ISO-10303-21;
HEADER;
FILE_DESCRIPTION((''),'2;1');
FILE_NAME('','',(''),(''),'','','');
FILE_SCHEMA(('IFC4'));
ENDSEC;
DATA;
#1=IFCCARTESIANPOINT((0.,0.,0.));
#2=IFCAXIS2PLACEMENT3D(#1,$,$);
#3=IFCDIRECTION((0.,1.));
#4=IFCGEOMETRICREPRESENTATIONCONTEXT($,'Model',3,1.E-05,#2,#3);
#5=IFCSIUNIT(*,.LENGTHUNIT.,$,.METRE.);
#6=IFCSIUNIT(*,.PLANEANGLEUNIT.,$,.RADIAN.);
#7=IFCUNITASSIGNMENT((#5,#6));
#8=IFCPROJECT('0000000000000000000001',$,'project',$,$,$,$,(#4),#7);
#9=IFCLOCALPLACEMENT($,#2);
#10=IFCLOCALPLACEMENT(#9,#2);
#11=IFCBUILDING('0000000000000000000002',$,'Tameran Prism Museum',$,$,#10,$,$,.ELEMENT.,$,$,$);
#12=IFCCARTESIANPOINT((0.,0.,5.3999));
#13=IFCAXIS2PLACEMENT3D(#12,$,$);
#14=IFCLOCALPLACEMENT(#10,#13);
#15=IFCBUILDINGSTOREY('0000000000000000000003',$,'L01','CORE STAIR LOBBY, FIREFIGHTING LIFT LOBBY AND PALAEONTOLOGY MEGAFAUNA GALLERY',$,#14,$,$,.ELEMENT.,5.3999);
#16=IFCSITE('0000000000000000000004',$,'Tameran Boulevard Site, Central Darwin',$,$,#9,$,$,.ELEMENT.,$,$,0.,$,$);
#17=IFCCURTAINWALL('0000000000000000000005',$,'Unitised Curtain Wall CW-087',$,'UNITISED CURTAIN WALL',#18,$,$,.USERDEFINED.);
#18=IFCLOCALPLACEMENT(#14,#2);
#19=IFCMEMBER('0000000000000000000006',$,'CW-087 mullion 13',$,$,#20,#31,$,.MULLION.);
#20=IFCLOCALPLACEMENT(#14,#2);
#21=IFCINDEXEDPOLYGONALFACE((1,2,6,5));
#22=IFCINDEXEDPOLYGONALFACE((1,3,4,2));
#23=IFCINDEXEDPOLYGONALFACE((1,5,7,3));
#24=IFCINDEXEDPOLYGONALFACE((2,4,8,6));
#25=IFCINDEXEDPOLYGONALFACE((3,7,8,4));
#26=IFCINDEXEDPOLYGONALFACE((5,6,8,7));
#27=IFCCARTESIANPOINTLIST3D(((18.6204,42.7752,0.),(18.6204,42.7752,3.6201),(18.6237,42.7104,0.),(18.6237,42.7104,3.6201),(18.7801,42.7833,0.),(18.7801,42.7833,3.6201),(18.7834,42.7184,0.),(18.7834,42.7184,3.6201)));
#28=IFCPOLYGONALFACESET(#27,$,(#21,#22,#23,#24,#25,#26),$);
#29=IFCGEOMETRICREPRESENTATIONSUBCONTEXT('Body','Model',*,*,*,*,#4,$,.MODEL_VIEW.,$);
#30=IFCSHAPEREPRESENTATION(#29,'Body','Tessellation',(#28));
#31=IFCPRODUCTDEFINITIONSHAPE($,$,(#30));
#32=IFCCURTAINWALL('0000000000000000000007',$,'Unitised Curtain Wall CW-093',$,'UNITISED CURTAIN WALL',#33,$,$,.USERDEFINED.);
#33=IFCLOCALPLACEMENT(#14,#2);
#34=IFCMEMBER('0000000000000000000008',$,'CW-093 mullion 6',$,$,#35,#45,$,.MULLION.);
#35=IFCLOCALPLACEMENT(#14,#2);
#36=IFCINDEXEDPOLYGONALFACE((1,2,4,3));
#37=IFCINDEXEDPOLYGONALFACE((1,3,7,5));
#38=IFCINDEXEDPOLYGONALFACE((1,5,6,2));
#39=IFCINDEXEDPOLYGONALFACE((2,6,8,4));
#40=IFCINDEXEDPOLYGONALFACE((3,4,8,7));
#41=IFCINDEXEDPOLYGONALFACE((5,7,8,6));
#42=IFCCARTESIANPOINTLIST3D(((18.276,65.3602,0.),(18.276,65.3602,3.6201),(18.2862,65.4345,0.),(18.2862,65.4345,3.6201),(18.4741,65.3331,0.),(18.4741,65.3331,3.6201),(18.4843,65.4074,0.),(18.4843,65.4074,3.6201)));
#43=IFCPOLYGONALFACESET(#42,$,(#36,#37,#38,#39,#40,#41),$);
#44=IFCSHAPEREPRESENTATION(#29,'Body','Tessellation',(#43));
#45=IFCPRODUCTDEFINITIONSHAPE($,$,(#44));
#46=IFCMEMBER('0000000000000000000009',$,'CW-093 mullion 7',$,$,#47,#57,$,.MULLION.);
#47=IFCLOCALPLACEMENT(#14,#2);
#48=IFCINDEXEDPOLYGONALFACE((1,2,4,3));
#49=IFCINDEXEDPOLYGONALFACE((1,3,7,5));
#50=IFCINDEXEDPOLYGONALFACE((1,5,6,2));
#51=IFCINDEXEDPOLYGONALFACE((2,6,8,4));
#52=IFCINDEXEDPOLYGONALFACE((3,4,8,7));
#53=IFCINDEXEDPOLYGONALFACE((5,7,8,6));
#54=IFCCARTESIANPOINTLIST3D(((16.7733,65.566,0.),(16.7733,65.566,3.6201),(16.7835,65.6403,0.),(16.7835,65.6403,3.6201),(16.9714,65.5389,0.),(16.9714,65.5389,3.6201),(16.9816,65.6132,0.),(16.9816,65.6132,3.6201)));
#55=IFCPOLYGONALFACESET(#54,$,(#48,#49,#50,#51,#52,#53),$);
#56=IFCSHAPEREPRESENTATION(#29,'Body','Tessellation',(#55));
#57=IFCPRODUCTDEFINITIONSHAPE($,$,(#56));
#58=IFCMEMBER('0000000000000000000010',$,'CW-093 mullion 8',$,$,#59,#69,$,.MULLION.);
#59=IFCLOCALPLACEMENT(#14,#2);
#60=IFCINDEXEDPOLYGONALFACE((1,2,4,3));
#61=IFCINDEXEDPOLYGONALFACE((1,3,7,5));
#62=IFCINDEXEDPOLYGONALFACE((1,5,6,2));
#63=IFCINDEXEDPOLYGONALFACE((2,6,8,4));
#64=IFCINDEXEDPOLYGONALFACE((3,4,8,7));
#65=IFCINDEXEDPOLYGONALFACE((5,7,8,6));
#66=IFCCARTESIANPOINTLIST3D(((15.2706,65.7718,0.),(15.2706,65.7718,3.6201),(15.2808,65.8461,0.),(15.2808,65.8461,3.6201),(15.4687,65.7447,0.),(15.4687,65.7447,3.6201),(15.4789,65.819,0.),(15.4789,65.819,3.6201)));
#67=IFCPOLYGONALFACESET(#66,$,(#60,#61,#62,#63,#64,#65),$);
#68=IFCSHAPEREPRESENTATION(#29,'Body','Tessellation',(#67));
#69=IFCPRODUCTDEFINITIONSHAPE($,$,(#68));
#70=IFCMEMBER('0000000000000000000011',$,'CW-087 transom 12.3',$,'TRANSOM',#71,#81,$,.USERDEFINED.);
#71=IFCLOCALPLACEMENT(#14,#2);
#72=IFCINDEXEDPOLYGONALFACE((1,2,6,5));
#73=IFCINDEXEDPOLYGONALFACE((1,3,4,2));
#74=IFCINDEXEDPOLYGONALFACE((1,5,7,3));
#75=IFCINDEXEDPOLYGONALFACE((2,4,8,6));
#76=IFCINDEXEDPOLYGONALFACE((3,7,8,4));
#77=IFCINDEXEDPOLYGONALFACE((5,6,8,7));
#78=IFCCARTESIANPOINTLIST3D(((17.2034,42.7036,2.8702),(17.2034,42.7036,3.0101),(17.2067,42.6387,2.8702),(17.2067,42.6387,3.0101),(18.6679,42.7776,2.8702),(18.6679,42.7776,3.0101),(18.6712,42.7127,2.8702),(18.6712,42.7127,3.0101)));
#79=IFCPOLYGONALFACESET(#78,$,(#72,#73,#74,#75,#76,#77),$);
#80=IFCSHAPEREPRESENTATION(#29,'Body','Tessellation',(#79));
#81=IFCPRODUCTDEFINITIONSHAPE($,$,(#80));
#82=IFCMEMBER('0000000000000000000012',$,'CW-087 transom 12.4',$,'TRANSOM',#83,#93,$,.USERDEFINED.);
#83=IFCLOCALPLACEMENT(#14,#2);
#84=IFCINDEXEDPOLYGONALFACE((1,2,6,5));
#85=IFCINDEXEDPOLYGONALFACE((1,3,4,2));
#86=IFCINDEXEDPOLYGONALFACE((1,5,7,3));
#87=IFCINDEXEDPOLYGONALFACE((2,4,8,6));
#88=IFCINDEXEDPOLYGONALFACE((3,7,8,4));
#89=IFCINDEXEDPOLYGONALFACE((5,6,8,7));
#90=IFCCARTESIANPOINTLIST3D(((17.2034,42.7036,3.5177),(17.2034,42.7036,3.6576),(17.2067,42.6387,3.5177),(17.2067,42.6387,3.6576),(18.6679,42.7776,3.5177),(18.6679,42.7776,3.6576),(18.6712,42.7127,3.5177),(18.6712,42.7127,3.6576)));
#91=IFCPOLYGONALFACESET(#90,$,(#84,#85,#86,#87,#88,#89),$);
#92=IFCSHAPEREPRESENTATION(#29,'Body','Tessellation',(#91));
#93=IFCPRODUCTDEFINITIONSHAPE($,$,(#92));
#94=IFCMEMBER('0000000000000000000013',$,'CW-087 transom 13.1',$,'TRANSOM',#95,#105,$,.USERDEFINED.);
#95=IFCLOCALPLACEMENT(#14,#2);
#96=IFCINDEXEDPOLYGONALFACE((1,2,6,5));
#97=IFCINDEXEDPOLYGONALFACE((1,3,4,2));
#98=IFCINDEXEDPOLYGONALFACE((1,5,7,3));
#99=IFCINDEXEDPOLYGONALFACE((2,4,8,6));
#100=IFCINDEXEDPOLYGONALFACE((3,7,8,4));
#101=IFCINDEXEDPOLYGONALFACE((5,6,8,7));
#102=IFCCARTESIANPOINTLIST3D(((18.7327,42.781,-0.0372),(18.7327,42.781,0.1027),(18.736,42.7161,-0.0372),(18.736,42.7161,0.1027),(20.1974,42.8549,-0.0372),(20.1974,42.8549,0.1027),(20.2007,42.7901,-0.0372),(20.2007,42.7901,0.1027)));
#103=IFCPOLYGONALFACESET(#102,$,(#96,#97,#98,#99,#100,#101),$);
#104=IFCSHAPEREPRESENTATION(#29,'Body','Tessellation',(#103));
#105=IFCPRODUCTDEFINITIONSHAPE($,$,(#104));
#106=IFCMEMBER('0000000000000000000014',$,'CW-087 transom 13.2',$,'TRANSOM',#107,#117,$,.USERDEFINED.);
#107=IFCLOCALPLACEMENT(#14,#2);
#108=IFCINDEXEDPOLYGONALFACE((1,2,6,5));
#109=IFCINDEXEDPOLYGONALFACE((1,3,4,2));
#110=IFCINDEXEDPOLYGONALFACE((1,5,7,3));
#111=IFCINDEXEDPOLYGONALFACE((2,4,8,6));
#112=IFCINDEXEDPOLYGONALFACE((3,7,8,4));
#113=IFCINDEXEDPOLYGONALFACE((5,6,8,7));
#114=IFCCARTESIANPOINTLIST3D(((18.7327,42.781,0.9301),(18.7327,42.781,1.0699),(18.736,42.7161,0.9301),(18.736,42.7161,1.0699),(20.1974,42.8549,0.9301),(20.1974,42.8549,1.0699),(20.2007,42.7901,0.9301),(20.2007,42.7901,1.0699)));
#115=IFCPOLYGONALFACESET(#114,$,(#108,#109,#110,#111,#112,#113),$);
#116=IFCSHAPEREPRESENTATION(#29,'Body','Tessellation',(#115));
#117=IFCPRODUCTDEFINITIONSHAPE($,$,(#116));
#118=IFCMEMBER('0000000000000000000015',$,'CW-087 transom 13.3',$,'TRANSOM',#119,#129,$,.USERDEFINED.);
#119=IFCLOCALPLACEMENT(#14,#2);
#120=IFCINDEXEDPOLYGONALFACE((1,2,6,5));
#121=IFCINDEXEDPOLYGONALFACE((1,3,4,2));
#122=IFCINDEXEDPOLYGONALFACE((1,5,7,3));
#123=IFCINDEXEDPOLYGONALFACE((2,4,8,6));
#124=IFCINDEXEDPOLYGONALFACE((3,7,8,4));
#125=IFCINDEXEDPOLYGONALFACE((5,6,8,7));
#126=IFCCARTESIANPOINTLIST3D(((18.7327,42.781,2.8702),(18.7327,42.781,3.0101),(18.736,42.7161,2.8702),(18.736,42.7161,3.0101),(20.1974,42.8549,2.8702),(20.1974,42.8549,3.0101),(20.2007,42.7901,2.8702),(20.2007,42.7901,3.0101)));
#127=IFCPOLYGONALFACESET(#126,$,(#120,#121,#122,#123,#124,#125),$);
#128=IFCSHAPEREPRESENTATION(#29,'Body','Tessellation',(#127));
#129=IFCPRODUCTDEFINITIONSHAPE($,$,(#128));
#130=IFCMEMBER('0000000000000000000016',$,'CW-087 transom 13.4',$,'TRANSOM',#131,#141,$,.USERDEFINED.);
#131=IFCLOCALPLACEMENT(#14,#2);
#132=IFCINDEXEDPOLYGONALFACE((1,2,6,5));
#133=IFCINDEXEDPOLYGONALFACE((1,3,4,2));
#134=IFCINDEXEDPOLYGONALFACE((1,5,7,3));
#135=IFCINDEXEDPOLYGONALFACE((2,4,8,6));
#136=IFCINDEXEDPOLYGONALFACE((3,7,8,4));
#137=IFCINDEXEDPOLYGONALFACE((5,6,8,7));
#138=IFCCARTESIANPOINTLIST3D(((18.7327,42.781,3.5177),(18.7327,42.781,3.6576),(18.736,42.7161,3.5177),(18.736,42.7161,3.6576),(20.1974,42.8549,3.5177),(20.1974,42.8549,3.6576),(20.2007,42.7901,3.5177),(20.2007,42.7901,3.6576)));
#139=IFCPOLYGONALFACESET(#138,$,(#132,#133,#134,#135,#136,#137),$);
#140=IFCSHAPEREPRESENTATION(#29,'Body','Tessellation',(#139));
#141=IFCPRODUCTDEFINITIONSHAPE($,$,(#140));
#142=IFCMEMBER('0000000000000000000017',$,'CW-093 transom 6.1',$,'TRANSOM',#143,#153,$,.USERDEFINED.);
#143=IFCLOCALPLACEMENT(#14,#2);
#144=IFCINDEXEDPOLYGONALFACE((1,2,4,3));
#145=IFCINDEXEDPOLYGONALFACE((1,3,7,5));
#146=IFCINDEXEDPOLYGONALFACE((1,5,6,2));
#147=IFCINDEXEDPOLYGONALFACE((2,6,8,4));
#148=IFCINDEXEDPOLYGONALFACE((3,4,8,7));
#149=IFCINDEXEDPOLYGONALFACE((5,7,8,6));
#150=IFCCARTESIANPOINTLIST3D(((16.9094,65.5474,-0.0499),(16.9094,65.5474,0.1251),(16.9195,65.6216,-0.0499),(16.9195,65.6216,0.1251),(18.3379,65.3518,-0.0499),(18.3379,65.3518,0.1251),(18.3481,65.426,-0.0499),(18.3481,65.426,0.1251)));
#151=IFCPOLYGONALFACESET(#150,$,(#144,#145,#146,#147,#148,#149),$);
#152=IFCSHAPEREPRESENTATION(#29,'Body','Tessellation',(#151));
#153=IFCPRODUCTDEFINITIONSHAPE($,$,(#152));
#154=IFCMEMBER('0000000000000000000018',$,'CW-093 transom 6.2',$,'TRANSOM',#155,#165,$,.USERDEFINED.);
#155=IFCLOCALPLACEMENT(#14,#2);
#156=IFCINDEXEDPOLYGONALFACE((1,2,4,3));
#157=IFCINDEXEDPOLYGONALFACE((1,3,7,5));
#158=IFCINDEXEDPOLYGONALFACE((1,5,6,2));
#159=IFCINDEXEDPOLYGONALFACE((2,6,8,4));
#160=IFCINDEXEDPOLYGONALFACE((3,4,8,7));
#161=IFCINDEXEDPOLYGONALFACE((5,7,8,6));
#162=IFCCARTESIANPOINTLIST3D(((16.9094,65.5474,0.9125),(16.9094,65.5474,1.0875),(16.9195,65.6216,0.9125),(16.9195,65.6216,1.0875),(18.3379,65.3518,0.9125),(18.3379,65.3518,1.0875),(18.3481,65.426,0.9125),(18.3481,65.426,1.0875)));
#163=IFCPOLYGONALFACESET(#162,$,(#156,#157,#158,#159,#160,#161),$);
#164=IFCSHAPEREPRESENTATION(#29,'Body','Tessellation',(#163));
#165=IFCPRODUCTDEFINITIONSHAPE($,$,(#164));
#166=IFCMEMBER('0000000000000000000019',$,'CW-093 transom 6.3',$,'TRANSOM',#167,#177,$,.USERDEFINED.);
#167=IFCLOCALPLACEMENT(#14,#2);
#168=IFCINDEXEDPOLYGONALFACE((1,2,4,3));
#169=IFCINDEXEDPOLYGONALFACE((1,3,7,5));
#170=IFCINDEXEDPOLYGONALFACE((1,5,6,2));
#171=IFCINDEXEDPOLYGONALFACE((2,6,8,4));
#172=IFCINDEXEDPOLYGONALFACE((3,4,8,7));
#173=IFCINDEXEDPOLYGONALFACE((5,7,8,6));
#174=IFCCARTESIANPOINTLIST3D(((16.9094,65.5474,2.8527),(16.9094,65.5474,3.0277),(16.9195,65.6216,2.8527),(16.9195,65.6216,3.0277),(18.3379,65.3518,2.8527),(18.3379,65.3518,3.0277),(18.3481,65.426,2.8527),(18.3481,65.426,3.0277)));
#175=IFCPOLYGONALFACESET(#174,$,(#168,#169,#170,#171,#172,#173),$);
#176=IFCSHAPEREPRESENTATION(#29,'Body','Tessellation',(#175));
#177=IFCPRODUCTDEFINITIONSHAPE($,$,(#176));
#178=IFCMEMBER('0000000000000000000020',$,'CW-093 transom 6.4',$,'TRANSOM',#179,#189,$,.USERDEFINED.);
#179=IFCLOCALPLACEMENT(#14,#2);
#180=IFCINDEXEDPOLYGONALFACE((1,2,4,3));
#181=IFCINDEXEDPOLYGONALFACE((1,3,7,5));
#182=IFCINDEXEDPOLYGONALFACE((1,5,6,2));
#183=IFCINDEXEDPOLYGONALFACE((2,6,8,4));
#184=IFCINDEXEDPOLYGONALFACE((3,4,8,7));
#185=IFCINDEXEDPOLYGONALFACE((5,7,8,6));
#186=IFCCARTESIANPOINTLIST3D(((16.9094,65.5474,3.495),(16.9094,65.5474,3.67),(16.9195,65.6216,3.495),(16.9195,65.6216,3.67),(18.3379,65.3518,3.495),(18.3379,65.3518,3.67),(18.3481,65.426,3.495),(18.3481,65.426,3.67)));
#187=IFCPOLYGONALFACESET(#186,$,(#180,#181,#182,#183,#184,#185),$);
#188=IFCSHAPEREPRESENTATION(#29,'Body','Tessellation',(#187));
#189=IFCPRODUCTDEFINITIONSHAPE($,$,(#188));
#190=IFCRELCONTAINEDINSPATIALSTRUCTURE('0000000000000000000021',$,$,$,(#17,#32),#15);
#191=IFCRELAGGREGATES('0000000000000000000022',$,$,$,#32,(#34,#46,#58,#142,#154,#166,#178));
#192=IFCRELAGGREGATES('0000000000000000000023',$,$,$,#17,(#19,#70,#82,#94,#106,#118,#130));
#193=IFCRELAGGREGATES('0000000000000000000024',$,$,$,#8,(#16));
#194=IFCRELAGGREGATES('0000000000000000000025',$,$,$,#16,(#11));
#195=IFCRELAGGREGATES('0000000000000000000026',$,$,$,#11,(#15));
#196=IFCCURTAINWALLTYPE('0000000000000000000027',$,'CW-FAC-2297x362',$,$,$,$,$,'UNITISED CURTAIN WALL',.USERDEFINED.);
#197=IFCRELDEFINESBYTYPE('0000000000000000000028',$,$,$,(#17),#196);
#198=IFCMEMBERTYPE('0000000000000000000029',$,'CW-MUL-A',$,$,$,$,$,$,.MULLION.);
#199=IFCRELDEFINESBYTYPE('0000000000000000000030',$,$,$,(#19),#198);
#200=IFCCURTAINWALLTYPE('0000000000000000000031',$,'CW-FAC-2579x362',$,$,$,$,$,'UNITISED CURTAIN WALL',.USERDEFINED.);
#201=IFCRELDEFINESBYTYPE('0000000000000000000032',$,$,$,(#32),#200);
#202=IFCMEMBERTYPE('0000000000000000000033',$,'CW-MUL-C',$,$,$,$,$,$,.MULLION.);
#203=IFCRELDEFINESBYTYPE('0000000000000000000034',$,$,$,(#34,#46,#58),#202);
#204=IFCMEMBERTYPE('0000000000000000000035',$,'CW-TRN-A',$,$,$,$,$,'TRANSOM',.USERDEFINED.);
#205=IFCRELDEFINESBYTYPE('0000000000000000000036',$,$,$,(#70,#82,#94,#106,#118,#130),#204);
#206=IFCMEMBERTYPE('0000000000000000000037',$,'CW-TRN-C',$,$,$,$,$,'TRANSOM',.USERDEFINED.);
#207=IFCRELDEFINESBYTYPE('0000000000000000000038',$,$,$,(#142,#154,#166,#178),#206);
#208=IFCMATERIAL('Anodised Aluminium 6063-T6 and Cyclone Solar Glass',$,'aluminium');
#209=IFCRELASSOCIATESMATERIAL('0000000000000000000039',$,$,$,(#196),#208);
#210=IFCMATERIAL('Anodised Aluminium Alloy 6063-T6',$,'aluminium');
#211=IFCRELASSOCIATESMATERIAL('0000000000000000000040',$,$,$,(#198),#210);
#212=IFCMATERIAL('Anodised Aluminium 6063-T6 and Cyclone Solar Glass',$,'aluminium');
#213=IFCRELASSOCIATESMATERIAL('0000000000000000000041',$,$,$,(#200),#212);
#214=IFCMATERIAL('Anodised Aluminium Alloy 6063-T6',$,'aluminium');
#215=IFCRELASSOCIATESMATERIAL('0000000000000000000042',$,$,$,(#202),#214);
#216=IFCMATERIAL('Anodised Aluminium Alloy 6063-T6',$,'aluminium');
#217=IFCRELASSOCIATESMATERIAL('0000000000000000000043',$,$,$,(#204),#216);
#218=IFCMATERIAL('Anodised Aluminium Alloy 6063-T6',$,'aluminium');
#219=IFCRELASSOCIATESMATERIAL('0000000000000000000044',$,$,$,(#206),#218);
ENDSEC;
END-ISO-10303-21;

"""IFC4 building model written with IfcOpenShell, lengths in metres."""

from ifc_helpers import new_model, si_unit, direction, frame, origin, origin_2d, place, context, subcontext, project, spatial, rectangle, extrude, material, material_profile, profile_set, type_object, element, aggregate, save


model = new_model("IFC4")

# Units and contexts
model_context = context("Model", 3, precision=1e-05, world=origin(), true_north=direction((0.0, 1.0)))
body_context = subcontext(model_context, "Body", "Model", "MODEL_VIEW")
ifc_project = project(units=[si_unit("LENGTHUNIT", "METRE"), si_unit("PLANEANGLEUNIT", "RADIAN")], contexts=[model_context])

# Site, building, storey
site_placement = place(None, origin())
site = spatial("IfcSite", under=ifc_project, at=site_placement, Name="Tameran Boulevard Site, Central Darwin", CompositionType="ELEMENT", RefElevation=0.0)
building_placement = place(site_placement, origin())
building = spatial("IfcBuilding", under=site, at=building_placement, Name="Tameran Prism Museum", CompositionType="ELEMENT")
storey_placement = place(building_placement, frame((0.0, 0.0, 5.3999)))
storey = spatial("IfcBuildingStorey", under=building, at=storey_placement, Name="L01", Description="CORE STAIR LOBBY, FIREFIGHTING LIFT LOBBY AND PALAEONTOLOGY MEGAFAUNA GALLERY", CompositionType="ELEMENT", Elevation=5.3999)

# Curtain wall, member
ifc_material_1 = material(Name="Anodised Aluminium 6063-T6 and Cyclone Solar Glass", Category="aluminium")
curtain_wall_type_1 = type_object("IfcCurtainWallType", Name="CW-FAC-2297x362", ElementType="UNITISED CURTAIN WALL", PredefinedType="USERDEFINED", material=ifc_material_1)
curtain_wall_1_placement = place(storey_placement, origin())
curtain_wall_1 = element("IfcCurtainWall", 1, at=curtain_wall_1_placement, inside=storey, type_object=curtain_wall_type_1, Name="Unitised Curtain Wall CW-087", ObjectType="UNITISED CURTAIN WALL", PredefinedType="USERDEFINED")
ifc_material_2 = material(Name="Anodised Aluminium Alloy 6063-T6", Category="aluminium")
ifc_material_profile_1 = material_profile(ifc_material_2, rectangle(XDim=0.0649, YDim=0.1599, at=origin_2d()))
ifc_profile_set_1 = profile_set([ifc_material_profile_1])
member_type_1 = type_object("IfcMemberType", Name="CW-MUL-A", PredefinedType="MULLION", material=ifc_profile_set_1)
member_1_placement = place(storey_placement, frame((18.7019, 42.7468, 0.0), z_axis=(0.0, 0.0, 1.0), x_axis=(-0.050546, 0.998722, 0.0)))
member_1 = element("IfcMember", 2, at=member_1_placement, type_object=member_type_1, Name="CW-087 mullion 13", PredefinedType="MULLION", context=body_context, shape_type="SweptSolid", body=[
    extrude(rectangle(XDim=0.0649, YDim=0.1599, at=origin_2d()), origin(), (0.0, 0.0, 1.0), 3.6201),
])

# Curtain wall, members
ifc_material_3 = material(Name="Anodised Aluminium 6063-T6 and Cyclone Solar Glass", Category="aluminium")
curtain_wall_type_2 = type_object("IfcCurtainWallType", Name="CW-FAC-2579x362", ElementType="UNITISED CURTAIN WALL", PredefinedType="USERDEFINED", material=ifc_material_3)
curtain_wall_2_placement = place(storey_placement, origin())
curtain_wall_2 = element("IfcCurtainWall", 3, at=curtain_wall_2_placement, inside=storey, type_object=curtain_wall_type_2, Name="Unitised Curtain Wall CW-093", ObjectType="UNITISED CURTAIN WALL", PredefinedType="USERDEFINED")
ifc_material_4 = material(Name="Anodised Aluminium Alloy 6063-T6", Category="aluminium")
ifc_material_profile_2 = material_profile(ifc_material_4, rectangle(XDim=0.075, YDim=0.2, at=origin_2d()))
ifc_profile_set_2 = profile_set([ifc_material_profile_2])
member_type_2 = type_object("IfcMemberType", Name="CW-MUL-C", PredefinedType="MULLION", material=ifc_profile_set_2)
member_2_placement = place(storey_placement, frame((18.3801, 65.3838, 0.0), z_axis=(0.0, 0.0, 1.0), x_axis=(-0.135658, -0.990756, 0.0)))
member_2 = element("IfcMember", 4, at=member_2_placement, type_object=member_type_2, Name="CW-093 mullion 6", PredefinedType="MULLION", context=body_context, shape_type="SweptSolid", body=[
    extrude(rectangle(XDim=0.075, YDim=0.2, at=origin_2d()), origin(), (0.0, 0.0, 1.0), 3.6201),
])
member_3_placement = place(storey_placement, frame((16.8774, 65.5896, 0.0), z_axis=(0.0, 0.0, 1.0), x_axis=(-0.135658, -0.990756, 0.0)))
member_3 = element("IfcMember", 5, at=member_3_placement, type_object=member_type_2, Name="CW-093 mullion 7", PredefinedType="MULLION", context=body_context, shape_type="SweptSolid", body=[
    extrude(rectangle(XDim=0.075, YDim=0.2, at=origin_2d()), origin(), (0.0, 0.0, 1.0), 3.6201),
])
member_4_placement = place(storey_placement, frame((15.3748, 65.7954, 0.0), z_axis=(0.0, 0.0, 1.0), x_axis=(-0.135658, -0.990756, 0.0)))
member_4 = element("IfcMember", 6, at=member_4_placement, type_object=member_type_2, Name="CW-093 mullion 8", PredefinedType="MULLION", context=body_context, shape_type="SweptSolid", body=[
    extrude(rectangle(XDim=0.075, YDim=0.2, at=origin_2d()), origin(), (0.0, 0.0, 1.0), 3.6201),
])

# Members
ifc_material_5 = material(Name="Anodised Aluminium Alloy 6063-T6", Category="aluminium")
ifc_material_profile_3 = material_profile(ifc_material_5, rectangle(XDim=0.0649, YDim=0.1399, at=origin_2d()))
ifc_profile_set_3 = profile_set([ifc_material_profile_3])
member_type_3 = type_object("IfcMemberType", Name="CW-TRN-A", ElementType="TRANSOM", PredefinedType="USERDEFINED", material=ifc_profile_set_3)
member_5_placement = place(storey_placement, frame((17.2051, 42.6711, 2.9402), z_axis=(0.998726, 0.050453, 0.0), x_axis=(-0.050453, 0.998726, 0.0)))
member_5 = element("IfcMember", 7, at=member_5_placement, type_object=member_type_3, Name="CW-087 transom 12.3", ObjectType="TRANSOM", PredefinedType="USERDEFINED", context=body_context, shape_type="SweptSolid", body=[
    extrude(rectangle(XDim=0.0649, YDim=0.1399, at=origin_2d()), origin(), (0.0, 0.0, 1.0), 1.4663),
])
member_6_placement = place(storey_placement, frame((17.2051, 42.6711, 3.5876), z_axis=(0.998726, 0.050453, 0.0), x_axis=(-0.050453, 0.998726, 0.0)))
member_6 = element("IfcMember", 8, at=member_6_placement, type_object=member_type_3, Name="CW-087 transom 12.4", ObjectType="TRANSOM", PredefinedType="USERDEFINED", context=body_context, shape_type="SweptSolid", body=[
    extrude(rectangle(XDim=0.0649, YDim=0.1399, at=origin_2d()), origin(), (0.0, 0.0, 1.0), 1.4663),
])
member_7_placement = place(storey_placement, frame((18.7344, 42.7485, 0.0327), z_axis=(0.998727, 0.050444, 0.0), x_axis=(-0.050444, 0.998727, 0.0)))
member_7 = element("IfcMember", 9, at=member_7_placement, type_object=member_type_3, Name="CW-087 transom 13.1", ObjectType="TRANSOM", PredefinedType="USERDEFINED", context=body_context, shape_type="SweptSolid", body=[
    extrude(rectangle(XDim=0.0649, YDim=0.1399, at=origin_2d()), origin(), (0.0, 0.0, 1.0), 1.4666),
])
member_8_placement = place(storey_placement, frame((18.7344, 42.7485, 1.0), z_axis=(0.998727, 0.050444, 0.0), x_axis=(-0.050444, 0.998727, 0.0)))
member_8 = element("IfcMember", 10, at=member_8_placement, type_object=member_type_3, Name="CW-087 transom 13.2", ObjectType="TRANSOM", PredefinedType="USERDEFINED", context=body_context, shape_type="SweptSolid", body=[
    extrude(rectangle(XDim=0.0649, YDim=0.1399, at=origin_2d()), origin(), (0.0, 0.0, 1.0), 1.4666),
])
member_9_placement = place(storey_placement, frame((18.7344, 42.7485, 2.9402), z_axis=(0.998727, 0.050444, 0.0), x_axis=(-0.050444, 0.998727, 0.0)))
member_9 = element("IfcMember", 11, at=member_9_placement, type_object=member_type_3, Name="CW-087 transom 13.3", ObjectType="TRANSOM", PredefinedType="USERDEFINED", context=body_context, shape_type="SweptSolid", body=[
    extrude(rectangle(XDim=0.0649, YDim=0.1399, at=origin_2d()), origin(), (0.0, 0.0, 1.0), 1.4666),
])
member_10_placement = place(storey_placement, frame((18.7344, 42.7485, 3.5876), z_axis=(0.998727, 0.050444, 0.0), x_axis=(-0.050444, 0.998727, 0.0)))
member_10 = element("IfcMember", 12, at=member_10_placement, type_object=member_type_3, Name="CW-087 transom 13.4", ObjectType="TRANSOM", PredefinedType="USERDEFINED", context=body_context, shape_type="SweptSolid", body=[
    extrude(rectangle(XDim=0.0649, YDim=0.1399, at=origin_2d()), origin(), (0.0, 0.0, 1.0), 1.4666),
])
ifc_material_6 = material(Name="Anodised Aluminium Alloy 6063-T6", Category="aluminium")
ifc_material_profile_4 = material_profile(ifc_material_6, rectangle(XDim=0.075, YDim=0.175, at=origin_2d()))
ifc_profile_set_4 = profile_set([ifc_material_profile_4])
member_type_4 = type_object("IfcMemberType", Name="CW-TRN-C", ElementType="TRANSOM", PredefinedType="USERDEFINED", material=ifc_profile_set_4)
member_11_placement = place(storey_placement, frame((18.343, 65.3889, 0.0376), z_axis=(-0.990759, 0.135635, 0.0), x_axis=(-0.135635, -0.990759, 0.0)))
member_11 = element("IfcMember", 13, at=member_11_placement, type_object=member_type_4, Name="CW-093 transom 6.1", ObjectType="TRANSOM", PredefinedType="USERDEFINED", context=body_context, shape_type="SweptSolid", body=[
    extrude(rectangle(XDim=0.075, YDim=0.175, at=origin_2d()), origin(), (0.0, 0.0, 1.0), 1.4419),
])
member_12_placement = place(storey_placement, frame((18.343, 65.3889, 1.0), z_axis=(-0.990759, 0.135635, 0.0), x_axis=(-0.135635, -0.990759, 0.0)))
member_12 = element("IfcMember", 14, at=member_12_placement, type_object=member_type_4, Name="CW-093 transom 6.2", ObjectType="TRANSOM", PredefinedType="USERDEFINED", context=body_context, shape_type="SweptSolid", body=[
    extrude(rectangle(XDim=0.075, YDim=0.175, at=origin_2d()), origin(), (0.0, 0.0, 1.0), 1.4419),
])
member_13_placement = place(storey_placement, frame((18.343, 65.3889, 2.9402), z_axis=(-0.990759, 0.135635, 0.0), x_axis=(-0.135635, -0.990759, 0.0)))
member_13 = element("IfcMember", 15, at=member_13_placement, type_object=member_type_4, Name="CW-093 transom 6.3", ObjectType="TRANSOM", PredefinedType="USERDEFINED", context=body_context, shape_type="SweptSolid", body=[
    extrude(rectangle(XDim=0.075, YDim=0.175, at=origin_2d()), origin(), (0.0, 0.0, 1.0), 1.4419),
])
member_14_placement = place(storey_placement, frame((18.343, 65.3889, 3.5825), z_axis=(-0.990759, 0.135635, 0.0), x_axis=(-0.135635, -0.990759, 0.0)))
member_14 = element("IfcMember", 16, at=member_14_placement, type_object=member_type_4, Name="CW-093 transom 6.4", ObjectType="TRANSOM", PredefinedType="USERDEFINED", context=body_context, shape_type="SweptSolid", body=[
    extrude(rectangle(XDim=0.075, YDim=0.175, at=origin_2d()), origin(), (0.0, 0.0, 1.0), 1.4419),
])

aggregate(curtain_wall_2, [member_2, member_3, member_4, member_11, member_12, member_13, member_14])
aggregate(curtain_wall_1, [member_1, member_5, member_6, member_7, member_8, member_9, member_10])

save(model, "model.ifc")
